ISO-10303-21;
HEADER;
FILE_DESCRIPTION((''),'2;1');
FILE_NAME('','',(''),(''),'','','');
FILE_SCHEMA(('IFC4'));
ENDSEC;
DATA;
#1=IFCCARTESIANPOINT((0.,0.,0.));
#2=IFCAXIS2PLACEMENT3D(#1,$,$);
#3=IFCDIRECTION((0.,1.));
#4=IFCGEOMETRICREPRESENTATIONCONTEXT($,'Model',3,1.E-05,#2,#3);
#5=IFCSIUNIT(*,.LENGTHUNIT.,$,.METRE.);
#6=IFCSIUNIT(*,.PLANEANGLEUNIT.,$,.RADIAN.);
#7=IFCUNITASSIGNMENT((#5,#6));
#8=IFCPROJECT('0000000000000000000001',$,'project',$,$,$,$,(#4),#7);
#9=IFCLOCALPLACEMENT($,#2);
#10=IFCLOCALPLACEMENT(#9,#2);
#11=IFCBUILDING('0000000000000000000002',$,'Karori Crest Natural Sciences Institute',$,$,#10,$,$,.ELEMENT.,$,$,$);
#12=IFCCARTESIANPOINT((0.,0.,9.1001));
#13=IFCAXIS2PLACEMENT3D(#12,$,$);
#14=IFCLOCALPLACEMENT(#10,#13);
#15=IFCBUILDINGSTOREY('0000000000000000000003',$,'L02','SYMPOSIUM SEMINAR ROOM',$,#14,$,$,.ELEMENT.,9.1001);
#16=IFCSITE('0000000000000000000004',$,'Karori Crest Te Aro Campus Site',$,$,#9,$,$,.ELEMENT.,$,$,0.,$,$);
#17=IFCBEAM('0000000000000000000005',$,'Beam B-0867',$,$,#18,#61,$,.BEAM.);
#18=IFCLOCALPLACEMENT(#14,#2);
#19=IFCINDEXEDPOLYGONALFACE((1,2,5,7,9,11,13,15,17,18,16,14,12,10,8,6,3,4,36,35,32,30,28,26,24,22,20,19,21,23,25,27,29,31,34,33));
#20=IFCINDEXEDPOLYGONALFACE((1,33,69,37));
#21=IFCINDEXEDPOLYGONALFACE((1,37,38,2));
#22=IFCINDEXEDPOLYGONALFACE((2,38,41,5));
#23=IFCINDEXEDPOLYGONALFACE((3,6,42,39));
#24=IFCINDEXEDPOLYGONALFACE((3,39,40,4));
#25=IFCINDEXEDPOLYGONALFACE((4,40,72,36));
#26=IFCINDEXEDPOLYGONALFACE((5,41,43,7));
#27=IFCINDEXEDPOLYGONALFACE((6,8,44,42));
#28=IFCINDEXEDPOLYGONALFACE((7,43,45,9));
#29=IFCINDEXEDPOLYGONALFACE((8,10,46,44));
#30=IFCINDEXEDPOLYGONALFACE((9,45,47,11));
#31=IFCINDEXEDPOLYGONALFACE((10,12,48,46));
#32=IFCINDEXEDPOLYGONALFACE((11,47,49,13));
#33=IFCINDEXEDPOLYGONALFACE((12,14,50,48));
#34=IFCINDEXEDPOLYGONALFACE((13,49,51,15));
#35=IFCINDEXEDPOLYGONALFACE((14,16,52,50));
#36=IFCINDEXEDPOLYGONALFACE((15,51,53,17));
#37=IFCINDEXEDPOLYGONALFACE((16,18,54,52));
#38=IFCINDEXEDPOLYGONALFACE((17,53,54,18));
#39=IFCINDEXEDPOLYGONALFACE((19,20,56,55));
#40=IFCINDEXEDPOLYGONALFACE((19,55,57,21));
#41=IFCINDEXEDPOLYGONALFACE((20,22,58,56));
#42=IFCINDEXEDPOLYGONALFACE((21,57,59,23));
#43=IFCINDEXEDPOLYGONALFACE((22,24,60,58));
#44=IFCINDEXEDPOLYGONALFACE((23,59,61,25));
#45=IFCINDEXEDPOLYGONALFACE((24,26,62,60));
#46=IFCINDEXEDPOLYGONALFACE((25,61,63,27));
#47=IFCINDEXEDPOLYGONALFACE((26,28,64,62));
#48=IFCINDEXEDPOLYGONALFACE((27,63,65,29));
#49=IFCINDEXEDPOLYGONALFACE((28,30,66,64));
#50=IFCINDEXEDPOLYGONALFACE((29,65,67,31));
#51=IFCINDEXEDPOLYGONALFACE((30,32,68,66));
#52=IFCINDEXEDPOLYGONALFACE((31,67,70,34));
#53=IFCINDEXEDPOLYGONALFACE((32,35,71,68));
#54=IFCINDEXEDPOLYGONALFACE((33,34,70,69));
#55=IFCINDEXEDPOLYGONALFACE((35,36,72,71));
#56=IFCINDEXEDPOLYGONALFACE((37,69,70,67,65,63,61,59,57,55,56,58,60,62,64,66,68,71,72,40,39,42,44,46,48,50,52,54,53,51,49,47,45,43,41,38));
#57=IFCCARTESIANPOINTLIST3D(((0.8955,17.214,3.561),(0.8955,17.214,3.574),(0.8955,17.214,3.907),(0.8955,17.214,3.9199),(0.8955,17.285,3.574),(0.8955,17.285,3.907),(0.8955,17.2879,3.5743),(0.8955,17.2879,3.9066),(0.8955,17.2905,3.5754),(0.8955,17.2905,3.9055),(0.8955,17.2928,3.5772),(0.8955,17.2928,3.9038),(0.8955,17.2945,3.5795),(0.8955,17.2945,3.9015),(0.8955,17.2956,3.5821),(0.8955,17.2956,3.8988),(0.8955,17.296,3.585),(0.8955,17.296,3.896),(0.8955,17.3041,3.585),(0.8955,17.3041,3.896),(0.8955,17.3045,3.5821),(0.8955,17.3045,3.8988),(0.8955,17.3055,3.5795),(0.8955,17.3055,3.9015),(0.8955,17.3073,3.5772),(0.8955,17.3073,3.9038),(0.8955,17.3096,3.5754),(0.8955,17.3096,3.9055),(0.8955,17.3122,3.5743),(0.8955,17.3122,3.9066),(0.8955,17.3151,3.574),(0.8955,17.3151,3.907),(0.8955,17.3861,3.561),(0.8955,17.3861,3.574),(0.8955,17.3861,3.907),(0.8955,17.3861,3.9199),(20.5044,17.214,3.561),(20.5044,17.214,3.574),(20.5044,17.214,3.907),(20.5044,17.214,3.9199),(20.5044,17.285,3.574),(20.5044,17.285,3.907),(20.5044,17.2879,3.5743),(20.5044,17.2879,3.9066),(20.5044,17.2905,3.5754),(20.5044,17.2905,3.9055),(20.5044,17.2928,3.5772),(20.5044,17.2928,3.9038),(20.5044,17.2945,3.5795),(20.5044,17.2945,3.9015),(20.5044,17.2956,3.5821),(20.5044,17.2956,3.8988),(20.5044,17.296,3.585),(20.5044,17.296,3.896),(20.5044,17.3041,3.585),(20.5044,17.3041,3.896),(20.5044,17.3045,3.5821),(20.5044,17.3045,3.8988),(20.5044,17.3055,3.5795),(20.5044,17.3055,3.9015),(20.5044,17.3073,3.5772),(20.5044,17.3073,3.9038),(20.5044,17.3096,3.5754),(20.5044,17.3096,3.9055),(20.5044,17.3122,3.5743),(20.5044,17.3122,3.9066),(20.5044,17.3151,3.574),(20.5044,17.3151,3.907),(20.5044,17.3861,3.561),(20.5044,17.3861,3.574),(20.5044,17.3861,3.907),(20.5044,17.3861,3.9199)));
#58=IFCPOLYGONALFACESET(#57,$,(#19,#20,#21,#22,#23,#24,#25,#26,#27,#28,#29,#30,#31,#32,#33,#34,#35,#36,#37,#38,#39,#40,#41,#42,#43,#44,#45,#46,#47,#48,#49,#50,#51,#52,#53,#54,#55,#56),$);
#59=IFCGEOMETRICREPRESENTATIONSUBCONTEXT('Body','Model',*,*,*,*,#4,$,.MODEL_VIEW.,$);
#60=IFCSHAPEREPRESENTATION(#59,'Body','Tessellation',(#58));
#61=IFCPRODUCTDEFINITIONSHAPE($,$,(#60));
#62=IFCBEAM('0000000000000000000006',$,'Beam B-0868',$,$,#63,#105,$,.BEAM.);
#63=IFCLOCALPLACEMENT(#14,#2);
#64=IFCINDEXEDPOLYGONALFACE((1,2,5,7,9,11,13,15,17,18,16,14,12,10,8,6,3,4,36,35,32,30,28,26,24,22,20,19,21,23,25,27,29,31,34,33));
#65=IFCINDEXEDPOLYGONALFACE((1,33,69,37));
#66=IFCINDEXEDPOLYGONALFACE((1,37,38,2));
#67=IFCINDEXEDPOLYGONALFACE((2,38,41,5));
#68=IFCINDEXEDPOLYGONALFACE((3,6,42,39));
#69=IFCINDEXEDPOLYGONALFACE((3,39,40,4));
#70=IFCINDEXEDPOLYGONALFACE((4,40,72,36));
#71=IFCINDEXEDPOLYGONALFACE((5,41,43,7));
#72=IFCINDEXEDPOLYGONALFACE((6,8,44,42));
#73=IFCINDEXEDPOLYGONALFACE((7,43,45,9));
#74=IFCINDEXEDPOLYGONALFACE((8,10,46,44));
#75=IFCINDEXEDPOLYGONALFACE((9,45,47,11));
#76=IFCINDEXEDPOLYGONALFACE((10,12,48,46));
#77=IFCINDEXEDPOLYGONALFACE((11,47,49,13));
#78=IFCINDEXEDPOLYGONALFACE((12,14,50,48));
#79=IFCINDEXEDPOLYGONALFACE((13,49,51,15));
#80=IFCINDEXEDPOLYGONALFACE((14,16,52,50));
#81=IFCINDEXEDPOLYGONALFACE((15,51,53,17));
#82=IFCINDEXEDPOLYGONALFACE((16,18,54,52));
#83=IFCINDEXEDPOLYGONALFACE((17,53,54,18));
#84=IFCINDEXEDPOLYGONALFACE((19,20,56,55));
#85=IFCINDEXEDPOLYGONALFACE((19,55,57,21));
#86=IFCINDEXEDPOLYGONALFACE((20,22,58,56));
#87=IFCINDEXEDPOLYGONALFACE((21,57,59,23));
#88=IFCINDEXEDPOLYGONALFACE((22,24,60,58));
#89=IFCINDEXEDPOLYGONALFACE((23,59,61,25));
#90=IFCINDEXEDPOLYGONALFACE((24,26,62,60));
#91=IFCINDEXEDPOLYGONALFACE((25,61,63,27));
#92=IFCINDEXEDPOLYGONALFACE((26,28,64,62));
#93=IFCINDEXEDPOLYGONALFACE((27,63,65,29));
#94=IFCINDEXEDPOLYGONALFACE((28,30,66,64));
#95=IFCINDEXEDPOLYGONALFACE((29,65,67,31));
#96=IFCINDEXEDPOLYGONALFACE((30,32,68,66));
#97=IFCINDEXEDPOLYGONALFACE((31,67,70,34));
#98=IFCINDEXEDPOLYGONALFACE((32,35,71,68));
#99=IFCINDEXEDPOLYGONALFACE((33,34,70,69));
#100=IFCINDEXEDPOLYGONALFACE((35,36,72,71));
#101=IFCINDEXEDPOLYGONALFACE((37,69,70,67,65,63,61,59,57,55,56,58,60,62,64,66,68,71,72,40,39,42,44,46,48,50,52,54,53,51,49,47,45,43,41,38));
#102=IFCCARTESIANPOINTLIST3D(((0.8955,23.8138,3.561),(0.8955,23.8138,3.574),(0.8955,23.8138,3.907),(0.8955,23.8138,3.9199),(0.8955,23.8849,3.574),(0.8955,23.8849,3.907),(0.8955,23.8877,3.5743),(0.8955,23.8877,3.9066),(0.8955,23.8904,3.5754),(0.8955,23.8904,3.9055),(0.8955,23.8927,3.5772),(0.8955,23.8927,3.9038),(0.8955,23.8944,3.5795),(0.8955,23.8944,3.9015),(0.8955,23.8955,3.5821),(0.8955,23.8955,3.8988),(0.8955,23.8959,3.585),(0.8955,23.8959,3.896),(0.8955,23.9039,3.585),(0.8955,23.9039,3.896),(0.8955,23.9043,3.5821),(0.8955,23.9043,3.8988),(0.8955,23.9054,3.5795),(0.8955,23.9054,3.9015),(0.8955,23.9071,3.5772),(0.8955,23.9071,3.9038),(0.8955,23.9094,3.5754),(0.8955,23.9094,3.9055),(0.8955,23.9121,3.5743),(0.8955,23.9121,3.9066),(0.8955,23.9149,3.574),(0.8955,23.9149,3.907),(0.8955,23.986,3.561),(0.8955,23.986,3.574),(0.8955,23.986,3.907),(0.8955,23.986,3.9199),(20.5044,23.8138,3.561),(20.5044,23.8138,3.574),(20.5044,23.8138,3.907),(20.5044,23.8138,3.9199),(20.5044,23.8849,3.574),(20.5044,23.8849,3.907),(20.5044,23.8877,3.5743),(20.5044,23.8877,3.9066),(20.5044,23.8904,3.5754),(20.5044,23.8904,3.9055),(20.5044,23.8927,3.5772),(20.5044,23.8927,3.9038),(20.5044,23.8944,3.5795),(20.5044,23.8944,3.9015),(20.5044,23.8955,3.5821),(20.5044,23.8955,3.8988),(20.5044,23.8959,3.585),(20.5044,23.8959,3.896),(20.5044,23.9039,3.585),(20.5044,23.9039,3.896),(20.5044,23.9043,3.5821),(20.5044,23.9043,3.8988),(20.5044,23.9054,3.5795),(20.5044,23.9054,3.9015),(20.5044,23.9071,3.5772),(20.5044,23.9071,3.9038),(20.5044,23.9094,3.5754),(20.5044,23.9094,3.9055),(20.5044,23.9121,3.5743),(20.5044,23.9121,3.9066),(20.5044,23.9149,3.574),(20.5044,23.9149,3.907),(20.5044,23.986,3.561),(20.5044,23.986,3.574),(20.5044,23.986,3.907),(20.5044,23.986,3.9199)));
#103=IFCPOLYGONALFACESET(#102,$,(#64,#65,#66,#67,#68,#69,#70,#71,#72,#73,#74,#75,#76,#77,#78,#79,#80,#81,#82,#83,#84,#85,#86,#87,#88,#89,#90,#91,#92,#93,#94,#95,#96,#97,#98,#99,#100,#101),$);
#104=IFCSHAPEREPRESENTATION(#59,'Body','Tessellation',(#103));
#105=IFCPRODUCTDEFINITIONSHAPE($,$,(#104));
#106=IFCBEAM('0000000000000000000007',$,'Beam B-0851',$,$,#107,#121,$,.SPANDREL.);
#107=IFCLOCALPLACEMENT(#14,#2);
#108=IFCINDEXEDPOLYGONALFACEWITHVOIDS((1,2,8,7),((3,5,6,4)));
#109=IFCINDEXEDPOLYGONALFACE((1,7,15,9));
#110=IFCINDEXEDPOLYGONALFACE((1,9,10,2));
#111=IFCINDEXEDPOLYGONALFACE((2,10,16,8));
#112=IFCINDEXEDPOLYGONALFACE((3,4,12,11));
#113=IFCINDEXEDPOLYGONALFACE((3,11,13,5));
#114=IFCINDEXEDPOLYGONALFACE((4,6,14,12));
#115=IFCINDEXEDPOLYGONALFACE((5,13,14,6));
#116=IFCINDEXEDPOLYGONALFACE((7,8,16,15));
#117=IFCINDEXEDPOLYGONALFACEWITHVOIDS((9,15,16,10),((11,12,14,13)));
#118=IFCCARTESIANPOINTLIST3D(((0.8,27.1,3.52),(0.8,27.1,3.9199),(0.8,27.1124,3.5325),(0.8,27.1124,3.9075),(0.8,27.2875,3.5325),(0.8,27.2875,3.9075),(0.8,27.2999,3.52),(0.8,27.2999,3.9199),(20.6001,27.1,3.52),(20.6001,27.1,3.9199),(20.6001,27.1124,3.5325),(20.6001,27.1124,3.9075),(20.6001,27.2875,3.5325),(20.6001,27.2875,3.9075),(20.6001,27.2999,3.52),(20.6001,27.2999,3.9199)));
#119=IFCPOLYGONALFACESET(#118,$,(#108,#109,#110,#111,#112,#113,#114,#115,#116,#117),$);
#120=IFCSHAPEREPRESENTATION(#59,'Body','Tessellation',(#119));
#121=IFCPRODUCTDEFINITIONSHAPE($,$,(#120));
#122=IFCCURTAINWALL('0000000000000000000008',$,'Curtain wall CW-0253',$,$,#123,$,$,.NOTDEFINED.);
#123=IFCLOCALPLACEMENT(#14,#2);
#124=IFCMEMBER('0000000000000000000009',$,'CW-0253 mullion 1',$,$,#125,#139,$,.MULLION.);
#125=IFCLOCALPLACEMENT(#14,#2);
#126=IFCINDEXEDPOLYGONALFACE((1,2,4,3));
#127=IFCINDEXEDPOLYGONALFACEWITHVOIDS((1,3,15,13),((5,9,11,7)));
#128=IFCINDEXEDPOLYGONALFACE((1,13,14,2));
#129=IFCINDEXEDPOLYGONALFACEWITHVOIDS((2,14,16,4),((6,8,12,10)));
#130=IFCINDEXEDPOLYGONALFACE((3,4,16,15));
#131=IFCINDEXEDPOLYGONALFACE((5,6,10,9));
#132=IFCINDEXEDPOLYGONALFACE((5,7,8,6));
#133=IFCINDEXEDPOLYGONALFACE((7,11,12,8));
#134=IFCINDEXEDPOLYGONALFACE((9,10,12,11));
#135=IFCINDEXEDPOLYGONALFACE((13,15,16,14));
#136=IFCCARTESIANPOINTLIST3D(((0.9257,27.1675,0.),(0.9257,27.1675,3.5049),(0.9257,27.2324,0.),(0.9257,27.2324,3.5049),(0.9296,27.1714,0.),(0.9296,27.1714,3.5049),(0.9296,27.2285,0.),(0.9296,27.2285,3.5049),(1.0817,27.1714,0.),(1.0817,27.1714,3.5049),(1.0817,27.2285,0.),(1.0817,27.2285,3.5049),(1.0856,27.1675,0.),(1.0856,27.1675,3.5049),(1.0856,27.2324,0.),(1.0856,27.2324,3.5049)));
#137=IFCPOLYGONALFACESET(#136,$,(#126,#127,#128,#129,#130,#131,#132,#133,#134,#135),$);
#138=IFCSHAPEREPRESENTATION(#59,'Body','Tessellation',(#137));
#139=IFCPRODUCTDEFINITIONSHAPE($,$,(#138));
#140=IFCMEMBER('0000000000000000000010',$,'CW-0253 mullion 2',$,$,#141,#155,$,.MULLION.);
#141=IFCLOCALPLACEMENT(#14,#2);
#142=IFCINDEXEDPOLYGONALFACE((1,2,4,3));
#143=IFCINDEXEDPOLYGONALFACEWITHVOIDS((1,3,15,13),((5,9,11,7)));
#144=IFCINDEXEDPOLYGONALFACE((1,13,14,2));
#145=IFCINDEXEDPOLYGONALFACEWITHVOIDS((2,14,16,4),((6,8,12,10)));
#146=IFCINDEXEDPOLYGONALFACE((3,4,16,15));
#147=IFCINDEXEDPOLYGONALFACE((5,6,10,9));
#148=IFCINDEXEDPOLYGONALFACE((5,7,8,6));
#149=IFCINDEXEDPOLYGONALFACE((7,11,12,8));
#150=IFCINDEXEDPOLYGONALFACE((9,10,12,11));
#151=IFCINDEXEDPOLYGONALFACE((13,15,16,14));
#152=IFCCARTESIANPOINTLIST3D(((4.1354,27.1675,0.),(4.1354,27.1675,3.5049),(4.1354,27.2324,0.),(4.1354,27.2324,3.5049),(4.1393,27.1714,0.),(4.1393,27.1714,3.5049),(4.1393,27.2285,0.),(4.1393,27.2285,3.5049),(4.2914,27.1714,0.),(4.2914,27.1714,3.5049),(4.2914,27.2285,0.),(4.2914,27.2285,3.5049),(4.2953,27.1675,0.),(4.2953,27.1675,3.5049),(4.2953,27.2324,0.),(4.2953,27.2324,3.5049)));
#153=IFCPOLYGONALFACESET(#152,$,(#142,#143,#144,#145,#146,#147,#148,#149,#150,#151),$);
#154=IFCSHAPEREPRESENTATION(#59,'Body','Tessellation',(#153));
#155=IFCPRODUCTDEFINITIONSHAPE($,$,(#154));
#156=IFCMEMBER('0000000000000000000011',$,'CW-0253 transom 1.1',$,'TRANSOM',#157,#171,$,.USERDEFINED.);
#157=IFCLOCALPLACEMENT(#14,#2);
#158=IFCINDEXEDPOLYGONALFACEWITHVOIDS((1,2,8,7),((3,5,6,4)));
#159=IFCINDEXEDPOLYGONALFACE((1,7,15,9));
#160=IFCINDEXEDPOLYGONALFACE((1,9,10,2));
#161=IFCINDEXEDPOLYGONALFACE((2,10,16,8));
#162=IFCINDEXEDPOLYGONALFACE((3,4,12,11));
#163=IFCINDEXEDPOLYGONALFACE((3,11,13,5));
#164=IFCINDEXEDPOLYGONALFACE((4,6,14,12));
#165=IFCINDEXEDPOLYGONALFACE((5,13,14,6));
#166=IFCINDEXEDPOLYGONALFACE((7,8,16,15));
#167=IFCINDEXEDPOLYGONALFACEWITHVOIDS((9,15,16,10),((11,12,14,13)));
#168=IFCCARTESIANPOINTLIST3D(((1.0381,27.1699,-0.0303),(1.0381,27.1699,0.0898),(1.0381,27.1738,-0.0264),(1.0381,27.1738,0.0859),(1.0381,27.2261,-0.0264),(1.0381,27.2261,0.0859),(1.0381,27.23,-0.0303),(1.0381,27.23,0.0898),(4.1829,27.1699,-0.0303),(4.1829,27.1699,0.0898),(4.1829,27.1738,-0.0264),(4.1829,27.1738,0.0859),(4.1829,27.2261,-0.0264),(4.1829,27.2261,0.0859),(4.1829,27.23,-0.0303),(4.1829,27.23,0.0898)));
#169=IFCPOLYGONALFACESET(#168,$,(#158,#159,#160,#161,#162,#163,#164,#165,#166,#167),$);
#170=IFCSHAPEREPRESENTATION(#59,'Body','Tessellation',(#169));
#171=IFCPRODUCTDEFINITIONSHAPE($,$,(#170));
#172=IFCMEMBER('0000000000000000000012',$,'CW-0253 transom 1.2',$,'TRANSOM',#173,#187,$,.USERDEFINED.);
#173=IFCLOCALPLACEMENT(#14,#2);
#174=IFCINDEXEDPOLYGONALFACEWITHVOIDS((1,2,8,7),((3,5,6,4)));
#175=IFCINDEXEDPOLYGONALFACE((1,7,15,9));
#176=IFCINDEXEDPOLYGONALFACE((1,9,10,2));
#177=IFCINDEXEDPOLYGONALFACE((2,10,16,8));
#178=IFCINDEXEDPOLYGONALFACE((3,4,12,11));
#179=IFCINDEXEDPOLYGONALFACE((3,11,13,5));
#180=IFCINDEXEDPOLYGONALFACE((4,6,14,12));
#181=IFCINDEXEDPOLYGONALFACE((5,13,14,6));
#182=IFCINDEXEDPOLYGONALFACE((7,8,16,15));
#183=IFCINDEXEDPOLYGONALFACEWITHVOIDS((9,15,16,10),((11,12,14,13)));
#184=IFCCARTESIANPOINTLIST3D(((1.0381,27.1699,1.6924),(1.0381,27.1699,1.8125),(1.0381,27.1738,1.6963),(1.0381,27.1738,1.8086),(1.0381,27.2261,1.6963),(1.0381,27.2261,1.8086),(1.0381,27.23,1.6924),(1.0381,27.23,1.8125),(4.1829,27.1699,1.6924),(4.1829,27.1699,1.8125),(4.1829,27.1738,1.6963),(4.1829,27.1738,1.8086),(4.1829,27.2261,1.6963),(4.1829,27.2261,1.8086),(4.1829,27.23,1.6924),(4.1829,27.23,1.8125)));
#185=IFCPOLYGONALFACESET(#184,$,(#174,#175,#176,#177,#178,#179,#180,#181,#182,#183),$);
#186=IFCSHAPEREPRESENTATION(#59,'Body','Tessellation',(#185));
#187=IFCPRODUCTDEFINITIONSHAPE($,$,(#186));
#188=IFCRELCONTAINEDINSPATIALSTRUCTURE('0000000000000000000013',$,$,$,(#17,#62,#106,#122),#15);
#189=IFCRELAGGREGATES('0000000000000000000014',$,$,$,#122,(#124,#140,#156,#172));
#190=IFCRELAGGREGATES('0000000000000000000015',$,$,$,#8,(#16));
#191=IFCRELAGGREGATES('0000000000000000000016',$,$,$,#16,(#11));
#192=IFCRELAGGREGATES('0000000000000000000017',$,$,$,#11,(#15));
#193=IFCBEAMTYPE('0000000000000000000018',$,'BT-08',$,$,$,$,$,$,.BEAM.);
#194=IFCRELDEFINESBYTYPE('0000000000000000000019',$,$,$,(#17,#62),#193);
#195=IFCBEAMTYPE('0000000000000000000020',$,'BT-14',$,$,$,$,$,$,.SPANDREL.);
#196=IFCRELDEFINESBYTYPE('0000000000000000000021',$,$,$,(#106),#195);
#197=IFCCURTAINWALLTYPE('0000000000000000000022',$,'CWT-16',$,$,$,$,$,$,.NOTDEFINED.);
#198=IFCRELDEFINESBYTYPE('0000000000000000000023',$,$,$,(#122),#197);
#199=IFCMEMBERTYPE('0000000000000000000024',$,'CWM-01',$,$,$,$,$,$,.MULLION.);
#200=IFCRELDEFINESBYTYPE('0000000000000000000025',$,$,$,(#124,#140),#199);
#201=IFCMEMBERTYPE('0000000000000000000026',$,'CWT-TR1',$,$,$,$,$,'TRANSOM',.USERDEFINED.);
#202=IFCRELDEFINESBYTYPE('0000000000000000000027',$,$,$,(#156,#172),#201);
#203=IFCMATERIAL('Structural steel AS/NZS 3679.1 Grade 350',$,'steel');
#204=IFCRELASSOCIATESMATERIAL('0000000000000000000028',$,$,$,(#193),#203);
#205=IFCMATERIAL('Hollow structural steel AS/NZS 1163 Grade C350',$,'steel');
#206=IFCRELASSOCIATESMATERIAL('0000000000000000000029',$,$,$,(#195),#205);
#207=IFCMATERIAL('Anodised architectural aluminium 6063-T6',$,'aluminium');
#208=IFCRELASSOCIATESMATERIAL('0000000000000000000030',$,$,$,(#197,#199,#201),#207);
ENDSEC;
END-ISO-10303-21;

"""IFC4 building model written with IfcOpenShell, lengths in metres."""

from ifc_helpers import new_model, si_unit, direction, frame, origin, origin_2d, place, context, subcontext, project, spatial, hollow_rectangle, i_section, extrude, material, material_profile, profile_set, type_object, element, aggregate, save


model = new_model("IFC4")

# Units and contexts
model_context = context("Model", 3, precision=1e-05, world=origin(), true_north=direction((0.0, 1.0)))
body_context = subcontext(model_context, "Body", "Model", "MODEL_VIEW")
ifc_project = project(units=[si_unit("LENGTHUNIT", "METRE"), si_unit("PLANEANGLEUNIT", "RADIAN")], contexts=[model_context])

# Site, building, storey
site_placement = place(None, origin())
site = spatial("IfcSite", under=ifc_project, at=site_placement, Name="Karori Crest Te Aro Campus Site", CompositionType="ELEMENT", RefElevation=0.0)
building_placement = place(site_placement, origin())
building = spatial("IfcBuilding", under=site, at=building_placement, Name="Karori Crest Natural Sciences Institute", CompositionType="ELEMENT")
storey_placement = place(building_placement, frame((0.0, 0.0, 9.1001)))
storey = spatial("IfcBuildingStorey", under=building, at=storey_placement, Name="L02", Description="SYMPOSIUM SEMINAR ROOM", CompositionType="ELEMENT", Elevation=9.1001)

# Shared definitions
ifc_material_1 = material(Name="Structural steel AS/NZS 3679.1 Grade 350", Category="steel")

# Beams
ifc_material_profile_1 = material_profile(ifc_material_1, i_section(OverallWidth=0.1721, OverallDepth=0.3589, WebThickness=0.0081, FlangeThickness=0.0129, FilletRadius=0.011, at=origin_2d()), Name="360UB56.7")
ifc_profile_set_1 = profile_set([ifc_material_profile_1], Name="Structural steel AS/NZS 3679.1 Grade 350")
beam_type_1 = type_object("IfcBeamType", Name="BT-08", PredefinedType="BEAM", material=ifc_profile_set_1)
for number, where, z_axis, x_axis, name in (
    (1, (0.8955, 17.3, 3.7405), (1.0, 0.0, 0.0), (0.0, 1.0, 0.0), "Beam B-0867"),
    (2, (0.8955, 23.8999, 3.7405), (1.0, 0.0, 0.0), (0.0, 1.0, 0.0), "Beam B-0868"),
):
    element("IfcBeam", number, at=place(storey_placement, frame(where, z_axis=z_axis, x_axis=x_axis)), inside=storey, type_object=beam_type_1, Name=name, PredefinedType="BEAM", context=body_context, shape_type="SweptSolid", body=[
        extrude(i_section(OverallWidth=0.1721, OverallDepth=0.3589, WebThickness=0.0081, FlangeThickness=0.0129, FilletRadius=0.011, at=origin_2d()), origin(), (0.0, 0.0, 1.0), 19.6089),
    ])
ifc_material_2 = material(Name="Hollow structural steel AS/NZS 1163 Grade C350", Category="steel")
ifc_material_profile_2 = material_profile(ifc_material_2, hollow_rectangle(XDim=0.2, YDim=0.3999, WallThickness=0.0125, at=origin_2d()), Name="RHS400x200x12.5")
ifc_profile_set_2 = profile_set([ifc_material_profile_2], Name="Hollow structural steel AS/NZS 1163 Grade C350")
beam_type_2 = type_object("IfcBeamType", Name="BT-14", PredefinedType="SPANDREL", material=ifc_profile_set_2)
beam_1_placement = place(storey_placement, frame((0.8, 27.2, 3.72), z_axis=(1.0, 0.0, 0.0), x_axis=(0.0, 1.0, 0.0)))
element("IfcBeam", 3, at=beam_1_placement, inside=storey, type_object=beam_type_2, Name="Beam B-0851", PredefinedType="SPANDREL", context=body_context, shape_type="SweptSolid", body=[
    extrude(hollow_rectangle(XDim=0.2, YDim=0.3999, WallThickness=0.0125, at=origin_2d()), origin(), (0.0, 0.0, 1.0), 19.8),
])

# Curtain wall, members
ifc_material_3 = material(Name="Anodised architectural aluminium 6063-T6", Category="aluminium")
curtain_wall_type = type_object("IfcCurtainWallType", Name="CWT-16", PredefinedType="NOTDEFINED", material=ifc_material_3)
curtain_wall_placement = place(storey_placement, origin())
curtain_wall = element("IfcCurtainWall", 4, at=curtain_wall_placement, inside=storey, type_object=curtain_wall_type, Name="Curtain wall CW-0253", PredefinedType="NOTDEFINED")
ifc_material_profile_3 = material_profile(ifc_material_3, hollow_rectangle(XDim=0.0649, YDim=0.1599, WallThickness=0.0039, at=origin_2d()), Name="CWM160x65x4")
ifc_profile_set_3 = profile_set([ifc_material_profile_3], Name="Anodised architectural aluminium 6063-T6")
member_type_1 = type_object("IfcMemberType", Name="CWM-01", PredefinedType="MULLION", material=ifc_profile_set_3)
member_1_placement = place(storey_placement, frame((1.0056, 27.2, 0.0), z_axis=(0.0, 0.0, 1.0), x_axis=(0.0, 1.0, 0.0)))
member_1 = element("IfcMember", 5, at=member_1_placement, type_object=member_type_1, Name="CW-0253 mullion 1", PredefinedType="MULLION", context=body_context, shape_type="SweptSolid", body=[
    extrude(hollow_rectangle(XDim=0.0649, YDim=0.1599, WallThickness=0.0039, at=origin_2d()), origin(), (0.0, 0.0, 1.0), 3.5049),
])
member_2_placement = place(storey_placement, frame((4.2153, 27.2, 0.0), z_axis=(0.0, 0.0, 1.0), x_axis=(0.0, 1.0, 0.0)))
member_2 = element("IfcMember", 6, at=member_2_placement, type_object=member_type_1, Name="CW-0253 mullion 2", PredefinedType="MULLION", context=body_context, shape_type="SweptSolid", body=[
    extrude(hollow_rectangle(XDim=0.0649, YDim=0.1599, WallThickness=0.0039, at=origin_2d()), origin(), (0.0, 0.0, 1.0), 3.5049),
])
ifc_material_profile_4 = material_profile(ifc_material_3, hollow_rectangle(XDim=0.0601, YDim=0.1201, WallThickness=0.0039, at=origin_2d()), Name="CWT120x60x4")
ifc_profile_set_4 = profile_set([ifc_material_profile_4], Name="Anodised architectural aluminium 6063-T6")
member_type_2 = type_object("IfcMemberType", Name="CWT-TR1", ElementType="TRANSOM", PredefinedType="USERDEFINED", material=ifc_profile_set_4)
member_3_placement = place(storey_placement, frame((1.0381, 27.2, 0.0298), z_axis=(1.0, 0.0, 0.0), x_axis=(0.0, 1.0, 0.0)))
member_3 = element("IfcMember", 7, at=member_3_placement, type_object=member_type_2, Name="CW-0253 transom 1.1", ObjectType="TRANSOM", PredefinedType="USERDEFINED", context=body_context, shape_type="SweptSolid", body=[
    extrude(hollow_rectangle(XDim=0.0601, YDim=0.1201, WallThickness=0.0039, at=origin_2d()), origin(), (0.0, 0.0, 1.0), 3.1448),
])
member_4_placement = place(storey_placement, frame((1.0381, 27.2, 1.7524), z_axis=(1.0, 0.0, 0.0), x_axis=(0.0, 1.0, 0.0)))
member_4 = element("IfcMember", 8, at=member_4_placement, type_object=member_type_2, Name="CW-0253 transom 1.2", ObjectType="TRANSOM", PredefinedType="USERDEFINED", context=body_context, shape_type="SweptSolid", body=[
    extrude(hollow_rectangle(XDim=0.0601, YDim=0.1201, WallThickness=0.0039, at=origin_2d()), origin(), (0.0, 0.0, 1.0), 3.1448),
])
aggregate(curtain_wall, [member_1, member_2, member_3, member_4])

save(model, "model.ifc")
